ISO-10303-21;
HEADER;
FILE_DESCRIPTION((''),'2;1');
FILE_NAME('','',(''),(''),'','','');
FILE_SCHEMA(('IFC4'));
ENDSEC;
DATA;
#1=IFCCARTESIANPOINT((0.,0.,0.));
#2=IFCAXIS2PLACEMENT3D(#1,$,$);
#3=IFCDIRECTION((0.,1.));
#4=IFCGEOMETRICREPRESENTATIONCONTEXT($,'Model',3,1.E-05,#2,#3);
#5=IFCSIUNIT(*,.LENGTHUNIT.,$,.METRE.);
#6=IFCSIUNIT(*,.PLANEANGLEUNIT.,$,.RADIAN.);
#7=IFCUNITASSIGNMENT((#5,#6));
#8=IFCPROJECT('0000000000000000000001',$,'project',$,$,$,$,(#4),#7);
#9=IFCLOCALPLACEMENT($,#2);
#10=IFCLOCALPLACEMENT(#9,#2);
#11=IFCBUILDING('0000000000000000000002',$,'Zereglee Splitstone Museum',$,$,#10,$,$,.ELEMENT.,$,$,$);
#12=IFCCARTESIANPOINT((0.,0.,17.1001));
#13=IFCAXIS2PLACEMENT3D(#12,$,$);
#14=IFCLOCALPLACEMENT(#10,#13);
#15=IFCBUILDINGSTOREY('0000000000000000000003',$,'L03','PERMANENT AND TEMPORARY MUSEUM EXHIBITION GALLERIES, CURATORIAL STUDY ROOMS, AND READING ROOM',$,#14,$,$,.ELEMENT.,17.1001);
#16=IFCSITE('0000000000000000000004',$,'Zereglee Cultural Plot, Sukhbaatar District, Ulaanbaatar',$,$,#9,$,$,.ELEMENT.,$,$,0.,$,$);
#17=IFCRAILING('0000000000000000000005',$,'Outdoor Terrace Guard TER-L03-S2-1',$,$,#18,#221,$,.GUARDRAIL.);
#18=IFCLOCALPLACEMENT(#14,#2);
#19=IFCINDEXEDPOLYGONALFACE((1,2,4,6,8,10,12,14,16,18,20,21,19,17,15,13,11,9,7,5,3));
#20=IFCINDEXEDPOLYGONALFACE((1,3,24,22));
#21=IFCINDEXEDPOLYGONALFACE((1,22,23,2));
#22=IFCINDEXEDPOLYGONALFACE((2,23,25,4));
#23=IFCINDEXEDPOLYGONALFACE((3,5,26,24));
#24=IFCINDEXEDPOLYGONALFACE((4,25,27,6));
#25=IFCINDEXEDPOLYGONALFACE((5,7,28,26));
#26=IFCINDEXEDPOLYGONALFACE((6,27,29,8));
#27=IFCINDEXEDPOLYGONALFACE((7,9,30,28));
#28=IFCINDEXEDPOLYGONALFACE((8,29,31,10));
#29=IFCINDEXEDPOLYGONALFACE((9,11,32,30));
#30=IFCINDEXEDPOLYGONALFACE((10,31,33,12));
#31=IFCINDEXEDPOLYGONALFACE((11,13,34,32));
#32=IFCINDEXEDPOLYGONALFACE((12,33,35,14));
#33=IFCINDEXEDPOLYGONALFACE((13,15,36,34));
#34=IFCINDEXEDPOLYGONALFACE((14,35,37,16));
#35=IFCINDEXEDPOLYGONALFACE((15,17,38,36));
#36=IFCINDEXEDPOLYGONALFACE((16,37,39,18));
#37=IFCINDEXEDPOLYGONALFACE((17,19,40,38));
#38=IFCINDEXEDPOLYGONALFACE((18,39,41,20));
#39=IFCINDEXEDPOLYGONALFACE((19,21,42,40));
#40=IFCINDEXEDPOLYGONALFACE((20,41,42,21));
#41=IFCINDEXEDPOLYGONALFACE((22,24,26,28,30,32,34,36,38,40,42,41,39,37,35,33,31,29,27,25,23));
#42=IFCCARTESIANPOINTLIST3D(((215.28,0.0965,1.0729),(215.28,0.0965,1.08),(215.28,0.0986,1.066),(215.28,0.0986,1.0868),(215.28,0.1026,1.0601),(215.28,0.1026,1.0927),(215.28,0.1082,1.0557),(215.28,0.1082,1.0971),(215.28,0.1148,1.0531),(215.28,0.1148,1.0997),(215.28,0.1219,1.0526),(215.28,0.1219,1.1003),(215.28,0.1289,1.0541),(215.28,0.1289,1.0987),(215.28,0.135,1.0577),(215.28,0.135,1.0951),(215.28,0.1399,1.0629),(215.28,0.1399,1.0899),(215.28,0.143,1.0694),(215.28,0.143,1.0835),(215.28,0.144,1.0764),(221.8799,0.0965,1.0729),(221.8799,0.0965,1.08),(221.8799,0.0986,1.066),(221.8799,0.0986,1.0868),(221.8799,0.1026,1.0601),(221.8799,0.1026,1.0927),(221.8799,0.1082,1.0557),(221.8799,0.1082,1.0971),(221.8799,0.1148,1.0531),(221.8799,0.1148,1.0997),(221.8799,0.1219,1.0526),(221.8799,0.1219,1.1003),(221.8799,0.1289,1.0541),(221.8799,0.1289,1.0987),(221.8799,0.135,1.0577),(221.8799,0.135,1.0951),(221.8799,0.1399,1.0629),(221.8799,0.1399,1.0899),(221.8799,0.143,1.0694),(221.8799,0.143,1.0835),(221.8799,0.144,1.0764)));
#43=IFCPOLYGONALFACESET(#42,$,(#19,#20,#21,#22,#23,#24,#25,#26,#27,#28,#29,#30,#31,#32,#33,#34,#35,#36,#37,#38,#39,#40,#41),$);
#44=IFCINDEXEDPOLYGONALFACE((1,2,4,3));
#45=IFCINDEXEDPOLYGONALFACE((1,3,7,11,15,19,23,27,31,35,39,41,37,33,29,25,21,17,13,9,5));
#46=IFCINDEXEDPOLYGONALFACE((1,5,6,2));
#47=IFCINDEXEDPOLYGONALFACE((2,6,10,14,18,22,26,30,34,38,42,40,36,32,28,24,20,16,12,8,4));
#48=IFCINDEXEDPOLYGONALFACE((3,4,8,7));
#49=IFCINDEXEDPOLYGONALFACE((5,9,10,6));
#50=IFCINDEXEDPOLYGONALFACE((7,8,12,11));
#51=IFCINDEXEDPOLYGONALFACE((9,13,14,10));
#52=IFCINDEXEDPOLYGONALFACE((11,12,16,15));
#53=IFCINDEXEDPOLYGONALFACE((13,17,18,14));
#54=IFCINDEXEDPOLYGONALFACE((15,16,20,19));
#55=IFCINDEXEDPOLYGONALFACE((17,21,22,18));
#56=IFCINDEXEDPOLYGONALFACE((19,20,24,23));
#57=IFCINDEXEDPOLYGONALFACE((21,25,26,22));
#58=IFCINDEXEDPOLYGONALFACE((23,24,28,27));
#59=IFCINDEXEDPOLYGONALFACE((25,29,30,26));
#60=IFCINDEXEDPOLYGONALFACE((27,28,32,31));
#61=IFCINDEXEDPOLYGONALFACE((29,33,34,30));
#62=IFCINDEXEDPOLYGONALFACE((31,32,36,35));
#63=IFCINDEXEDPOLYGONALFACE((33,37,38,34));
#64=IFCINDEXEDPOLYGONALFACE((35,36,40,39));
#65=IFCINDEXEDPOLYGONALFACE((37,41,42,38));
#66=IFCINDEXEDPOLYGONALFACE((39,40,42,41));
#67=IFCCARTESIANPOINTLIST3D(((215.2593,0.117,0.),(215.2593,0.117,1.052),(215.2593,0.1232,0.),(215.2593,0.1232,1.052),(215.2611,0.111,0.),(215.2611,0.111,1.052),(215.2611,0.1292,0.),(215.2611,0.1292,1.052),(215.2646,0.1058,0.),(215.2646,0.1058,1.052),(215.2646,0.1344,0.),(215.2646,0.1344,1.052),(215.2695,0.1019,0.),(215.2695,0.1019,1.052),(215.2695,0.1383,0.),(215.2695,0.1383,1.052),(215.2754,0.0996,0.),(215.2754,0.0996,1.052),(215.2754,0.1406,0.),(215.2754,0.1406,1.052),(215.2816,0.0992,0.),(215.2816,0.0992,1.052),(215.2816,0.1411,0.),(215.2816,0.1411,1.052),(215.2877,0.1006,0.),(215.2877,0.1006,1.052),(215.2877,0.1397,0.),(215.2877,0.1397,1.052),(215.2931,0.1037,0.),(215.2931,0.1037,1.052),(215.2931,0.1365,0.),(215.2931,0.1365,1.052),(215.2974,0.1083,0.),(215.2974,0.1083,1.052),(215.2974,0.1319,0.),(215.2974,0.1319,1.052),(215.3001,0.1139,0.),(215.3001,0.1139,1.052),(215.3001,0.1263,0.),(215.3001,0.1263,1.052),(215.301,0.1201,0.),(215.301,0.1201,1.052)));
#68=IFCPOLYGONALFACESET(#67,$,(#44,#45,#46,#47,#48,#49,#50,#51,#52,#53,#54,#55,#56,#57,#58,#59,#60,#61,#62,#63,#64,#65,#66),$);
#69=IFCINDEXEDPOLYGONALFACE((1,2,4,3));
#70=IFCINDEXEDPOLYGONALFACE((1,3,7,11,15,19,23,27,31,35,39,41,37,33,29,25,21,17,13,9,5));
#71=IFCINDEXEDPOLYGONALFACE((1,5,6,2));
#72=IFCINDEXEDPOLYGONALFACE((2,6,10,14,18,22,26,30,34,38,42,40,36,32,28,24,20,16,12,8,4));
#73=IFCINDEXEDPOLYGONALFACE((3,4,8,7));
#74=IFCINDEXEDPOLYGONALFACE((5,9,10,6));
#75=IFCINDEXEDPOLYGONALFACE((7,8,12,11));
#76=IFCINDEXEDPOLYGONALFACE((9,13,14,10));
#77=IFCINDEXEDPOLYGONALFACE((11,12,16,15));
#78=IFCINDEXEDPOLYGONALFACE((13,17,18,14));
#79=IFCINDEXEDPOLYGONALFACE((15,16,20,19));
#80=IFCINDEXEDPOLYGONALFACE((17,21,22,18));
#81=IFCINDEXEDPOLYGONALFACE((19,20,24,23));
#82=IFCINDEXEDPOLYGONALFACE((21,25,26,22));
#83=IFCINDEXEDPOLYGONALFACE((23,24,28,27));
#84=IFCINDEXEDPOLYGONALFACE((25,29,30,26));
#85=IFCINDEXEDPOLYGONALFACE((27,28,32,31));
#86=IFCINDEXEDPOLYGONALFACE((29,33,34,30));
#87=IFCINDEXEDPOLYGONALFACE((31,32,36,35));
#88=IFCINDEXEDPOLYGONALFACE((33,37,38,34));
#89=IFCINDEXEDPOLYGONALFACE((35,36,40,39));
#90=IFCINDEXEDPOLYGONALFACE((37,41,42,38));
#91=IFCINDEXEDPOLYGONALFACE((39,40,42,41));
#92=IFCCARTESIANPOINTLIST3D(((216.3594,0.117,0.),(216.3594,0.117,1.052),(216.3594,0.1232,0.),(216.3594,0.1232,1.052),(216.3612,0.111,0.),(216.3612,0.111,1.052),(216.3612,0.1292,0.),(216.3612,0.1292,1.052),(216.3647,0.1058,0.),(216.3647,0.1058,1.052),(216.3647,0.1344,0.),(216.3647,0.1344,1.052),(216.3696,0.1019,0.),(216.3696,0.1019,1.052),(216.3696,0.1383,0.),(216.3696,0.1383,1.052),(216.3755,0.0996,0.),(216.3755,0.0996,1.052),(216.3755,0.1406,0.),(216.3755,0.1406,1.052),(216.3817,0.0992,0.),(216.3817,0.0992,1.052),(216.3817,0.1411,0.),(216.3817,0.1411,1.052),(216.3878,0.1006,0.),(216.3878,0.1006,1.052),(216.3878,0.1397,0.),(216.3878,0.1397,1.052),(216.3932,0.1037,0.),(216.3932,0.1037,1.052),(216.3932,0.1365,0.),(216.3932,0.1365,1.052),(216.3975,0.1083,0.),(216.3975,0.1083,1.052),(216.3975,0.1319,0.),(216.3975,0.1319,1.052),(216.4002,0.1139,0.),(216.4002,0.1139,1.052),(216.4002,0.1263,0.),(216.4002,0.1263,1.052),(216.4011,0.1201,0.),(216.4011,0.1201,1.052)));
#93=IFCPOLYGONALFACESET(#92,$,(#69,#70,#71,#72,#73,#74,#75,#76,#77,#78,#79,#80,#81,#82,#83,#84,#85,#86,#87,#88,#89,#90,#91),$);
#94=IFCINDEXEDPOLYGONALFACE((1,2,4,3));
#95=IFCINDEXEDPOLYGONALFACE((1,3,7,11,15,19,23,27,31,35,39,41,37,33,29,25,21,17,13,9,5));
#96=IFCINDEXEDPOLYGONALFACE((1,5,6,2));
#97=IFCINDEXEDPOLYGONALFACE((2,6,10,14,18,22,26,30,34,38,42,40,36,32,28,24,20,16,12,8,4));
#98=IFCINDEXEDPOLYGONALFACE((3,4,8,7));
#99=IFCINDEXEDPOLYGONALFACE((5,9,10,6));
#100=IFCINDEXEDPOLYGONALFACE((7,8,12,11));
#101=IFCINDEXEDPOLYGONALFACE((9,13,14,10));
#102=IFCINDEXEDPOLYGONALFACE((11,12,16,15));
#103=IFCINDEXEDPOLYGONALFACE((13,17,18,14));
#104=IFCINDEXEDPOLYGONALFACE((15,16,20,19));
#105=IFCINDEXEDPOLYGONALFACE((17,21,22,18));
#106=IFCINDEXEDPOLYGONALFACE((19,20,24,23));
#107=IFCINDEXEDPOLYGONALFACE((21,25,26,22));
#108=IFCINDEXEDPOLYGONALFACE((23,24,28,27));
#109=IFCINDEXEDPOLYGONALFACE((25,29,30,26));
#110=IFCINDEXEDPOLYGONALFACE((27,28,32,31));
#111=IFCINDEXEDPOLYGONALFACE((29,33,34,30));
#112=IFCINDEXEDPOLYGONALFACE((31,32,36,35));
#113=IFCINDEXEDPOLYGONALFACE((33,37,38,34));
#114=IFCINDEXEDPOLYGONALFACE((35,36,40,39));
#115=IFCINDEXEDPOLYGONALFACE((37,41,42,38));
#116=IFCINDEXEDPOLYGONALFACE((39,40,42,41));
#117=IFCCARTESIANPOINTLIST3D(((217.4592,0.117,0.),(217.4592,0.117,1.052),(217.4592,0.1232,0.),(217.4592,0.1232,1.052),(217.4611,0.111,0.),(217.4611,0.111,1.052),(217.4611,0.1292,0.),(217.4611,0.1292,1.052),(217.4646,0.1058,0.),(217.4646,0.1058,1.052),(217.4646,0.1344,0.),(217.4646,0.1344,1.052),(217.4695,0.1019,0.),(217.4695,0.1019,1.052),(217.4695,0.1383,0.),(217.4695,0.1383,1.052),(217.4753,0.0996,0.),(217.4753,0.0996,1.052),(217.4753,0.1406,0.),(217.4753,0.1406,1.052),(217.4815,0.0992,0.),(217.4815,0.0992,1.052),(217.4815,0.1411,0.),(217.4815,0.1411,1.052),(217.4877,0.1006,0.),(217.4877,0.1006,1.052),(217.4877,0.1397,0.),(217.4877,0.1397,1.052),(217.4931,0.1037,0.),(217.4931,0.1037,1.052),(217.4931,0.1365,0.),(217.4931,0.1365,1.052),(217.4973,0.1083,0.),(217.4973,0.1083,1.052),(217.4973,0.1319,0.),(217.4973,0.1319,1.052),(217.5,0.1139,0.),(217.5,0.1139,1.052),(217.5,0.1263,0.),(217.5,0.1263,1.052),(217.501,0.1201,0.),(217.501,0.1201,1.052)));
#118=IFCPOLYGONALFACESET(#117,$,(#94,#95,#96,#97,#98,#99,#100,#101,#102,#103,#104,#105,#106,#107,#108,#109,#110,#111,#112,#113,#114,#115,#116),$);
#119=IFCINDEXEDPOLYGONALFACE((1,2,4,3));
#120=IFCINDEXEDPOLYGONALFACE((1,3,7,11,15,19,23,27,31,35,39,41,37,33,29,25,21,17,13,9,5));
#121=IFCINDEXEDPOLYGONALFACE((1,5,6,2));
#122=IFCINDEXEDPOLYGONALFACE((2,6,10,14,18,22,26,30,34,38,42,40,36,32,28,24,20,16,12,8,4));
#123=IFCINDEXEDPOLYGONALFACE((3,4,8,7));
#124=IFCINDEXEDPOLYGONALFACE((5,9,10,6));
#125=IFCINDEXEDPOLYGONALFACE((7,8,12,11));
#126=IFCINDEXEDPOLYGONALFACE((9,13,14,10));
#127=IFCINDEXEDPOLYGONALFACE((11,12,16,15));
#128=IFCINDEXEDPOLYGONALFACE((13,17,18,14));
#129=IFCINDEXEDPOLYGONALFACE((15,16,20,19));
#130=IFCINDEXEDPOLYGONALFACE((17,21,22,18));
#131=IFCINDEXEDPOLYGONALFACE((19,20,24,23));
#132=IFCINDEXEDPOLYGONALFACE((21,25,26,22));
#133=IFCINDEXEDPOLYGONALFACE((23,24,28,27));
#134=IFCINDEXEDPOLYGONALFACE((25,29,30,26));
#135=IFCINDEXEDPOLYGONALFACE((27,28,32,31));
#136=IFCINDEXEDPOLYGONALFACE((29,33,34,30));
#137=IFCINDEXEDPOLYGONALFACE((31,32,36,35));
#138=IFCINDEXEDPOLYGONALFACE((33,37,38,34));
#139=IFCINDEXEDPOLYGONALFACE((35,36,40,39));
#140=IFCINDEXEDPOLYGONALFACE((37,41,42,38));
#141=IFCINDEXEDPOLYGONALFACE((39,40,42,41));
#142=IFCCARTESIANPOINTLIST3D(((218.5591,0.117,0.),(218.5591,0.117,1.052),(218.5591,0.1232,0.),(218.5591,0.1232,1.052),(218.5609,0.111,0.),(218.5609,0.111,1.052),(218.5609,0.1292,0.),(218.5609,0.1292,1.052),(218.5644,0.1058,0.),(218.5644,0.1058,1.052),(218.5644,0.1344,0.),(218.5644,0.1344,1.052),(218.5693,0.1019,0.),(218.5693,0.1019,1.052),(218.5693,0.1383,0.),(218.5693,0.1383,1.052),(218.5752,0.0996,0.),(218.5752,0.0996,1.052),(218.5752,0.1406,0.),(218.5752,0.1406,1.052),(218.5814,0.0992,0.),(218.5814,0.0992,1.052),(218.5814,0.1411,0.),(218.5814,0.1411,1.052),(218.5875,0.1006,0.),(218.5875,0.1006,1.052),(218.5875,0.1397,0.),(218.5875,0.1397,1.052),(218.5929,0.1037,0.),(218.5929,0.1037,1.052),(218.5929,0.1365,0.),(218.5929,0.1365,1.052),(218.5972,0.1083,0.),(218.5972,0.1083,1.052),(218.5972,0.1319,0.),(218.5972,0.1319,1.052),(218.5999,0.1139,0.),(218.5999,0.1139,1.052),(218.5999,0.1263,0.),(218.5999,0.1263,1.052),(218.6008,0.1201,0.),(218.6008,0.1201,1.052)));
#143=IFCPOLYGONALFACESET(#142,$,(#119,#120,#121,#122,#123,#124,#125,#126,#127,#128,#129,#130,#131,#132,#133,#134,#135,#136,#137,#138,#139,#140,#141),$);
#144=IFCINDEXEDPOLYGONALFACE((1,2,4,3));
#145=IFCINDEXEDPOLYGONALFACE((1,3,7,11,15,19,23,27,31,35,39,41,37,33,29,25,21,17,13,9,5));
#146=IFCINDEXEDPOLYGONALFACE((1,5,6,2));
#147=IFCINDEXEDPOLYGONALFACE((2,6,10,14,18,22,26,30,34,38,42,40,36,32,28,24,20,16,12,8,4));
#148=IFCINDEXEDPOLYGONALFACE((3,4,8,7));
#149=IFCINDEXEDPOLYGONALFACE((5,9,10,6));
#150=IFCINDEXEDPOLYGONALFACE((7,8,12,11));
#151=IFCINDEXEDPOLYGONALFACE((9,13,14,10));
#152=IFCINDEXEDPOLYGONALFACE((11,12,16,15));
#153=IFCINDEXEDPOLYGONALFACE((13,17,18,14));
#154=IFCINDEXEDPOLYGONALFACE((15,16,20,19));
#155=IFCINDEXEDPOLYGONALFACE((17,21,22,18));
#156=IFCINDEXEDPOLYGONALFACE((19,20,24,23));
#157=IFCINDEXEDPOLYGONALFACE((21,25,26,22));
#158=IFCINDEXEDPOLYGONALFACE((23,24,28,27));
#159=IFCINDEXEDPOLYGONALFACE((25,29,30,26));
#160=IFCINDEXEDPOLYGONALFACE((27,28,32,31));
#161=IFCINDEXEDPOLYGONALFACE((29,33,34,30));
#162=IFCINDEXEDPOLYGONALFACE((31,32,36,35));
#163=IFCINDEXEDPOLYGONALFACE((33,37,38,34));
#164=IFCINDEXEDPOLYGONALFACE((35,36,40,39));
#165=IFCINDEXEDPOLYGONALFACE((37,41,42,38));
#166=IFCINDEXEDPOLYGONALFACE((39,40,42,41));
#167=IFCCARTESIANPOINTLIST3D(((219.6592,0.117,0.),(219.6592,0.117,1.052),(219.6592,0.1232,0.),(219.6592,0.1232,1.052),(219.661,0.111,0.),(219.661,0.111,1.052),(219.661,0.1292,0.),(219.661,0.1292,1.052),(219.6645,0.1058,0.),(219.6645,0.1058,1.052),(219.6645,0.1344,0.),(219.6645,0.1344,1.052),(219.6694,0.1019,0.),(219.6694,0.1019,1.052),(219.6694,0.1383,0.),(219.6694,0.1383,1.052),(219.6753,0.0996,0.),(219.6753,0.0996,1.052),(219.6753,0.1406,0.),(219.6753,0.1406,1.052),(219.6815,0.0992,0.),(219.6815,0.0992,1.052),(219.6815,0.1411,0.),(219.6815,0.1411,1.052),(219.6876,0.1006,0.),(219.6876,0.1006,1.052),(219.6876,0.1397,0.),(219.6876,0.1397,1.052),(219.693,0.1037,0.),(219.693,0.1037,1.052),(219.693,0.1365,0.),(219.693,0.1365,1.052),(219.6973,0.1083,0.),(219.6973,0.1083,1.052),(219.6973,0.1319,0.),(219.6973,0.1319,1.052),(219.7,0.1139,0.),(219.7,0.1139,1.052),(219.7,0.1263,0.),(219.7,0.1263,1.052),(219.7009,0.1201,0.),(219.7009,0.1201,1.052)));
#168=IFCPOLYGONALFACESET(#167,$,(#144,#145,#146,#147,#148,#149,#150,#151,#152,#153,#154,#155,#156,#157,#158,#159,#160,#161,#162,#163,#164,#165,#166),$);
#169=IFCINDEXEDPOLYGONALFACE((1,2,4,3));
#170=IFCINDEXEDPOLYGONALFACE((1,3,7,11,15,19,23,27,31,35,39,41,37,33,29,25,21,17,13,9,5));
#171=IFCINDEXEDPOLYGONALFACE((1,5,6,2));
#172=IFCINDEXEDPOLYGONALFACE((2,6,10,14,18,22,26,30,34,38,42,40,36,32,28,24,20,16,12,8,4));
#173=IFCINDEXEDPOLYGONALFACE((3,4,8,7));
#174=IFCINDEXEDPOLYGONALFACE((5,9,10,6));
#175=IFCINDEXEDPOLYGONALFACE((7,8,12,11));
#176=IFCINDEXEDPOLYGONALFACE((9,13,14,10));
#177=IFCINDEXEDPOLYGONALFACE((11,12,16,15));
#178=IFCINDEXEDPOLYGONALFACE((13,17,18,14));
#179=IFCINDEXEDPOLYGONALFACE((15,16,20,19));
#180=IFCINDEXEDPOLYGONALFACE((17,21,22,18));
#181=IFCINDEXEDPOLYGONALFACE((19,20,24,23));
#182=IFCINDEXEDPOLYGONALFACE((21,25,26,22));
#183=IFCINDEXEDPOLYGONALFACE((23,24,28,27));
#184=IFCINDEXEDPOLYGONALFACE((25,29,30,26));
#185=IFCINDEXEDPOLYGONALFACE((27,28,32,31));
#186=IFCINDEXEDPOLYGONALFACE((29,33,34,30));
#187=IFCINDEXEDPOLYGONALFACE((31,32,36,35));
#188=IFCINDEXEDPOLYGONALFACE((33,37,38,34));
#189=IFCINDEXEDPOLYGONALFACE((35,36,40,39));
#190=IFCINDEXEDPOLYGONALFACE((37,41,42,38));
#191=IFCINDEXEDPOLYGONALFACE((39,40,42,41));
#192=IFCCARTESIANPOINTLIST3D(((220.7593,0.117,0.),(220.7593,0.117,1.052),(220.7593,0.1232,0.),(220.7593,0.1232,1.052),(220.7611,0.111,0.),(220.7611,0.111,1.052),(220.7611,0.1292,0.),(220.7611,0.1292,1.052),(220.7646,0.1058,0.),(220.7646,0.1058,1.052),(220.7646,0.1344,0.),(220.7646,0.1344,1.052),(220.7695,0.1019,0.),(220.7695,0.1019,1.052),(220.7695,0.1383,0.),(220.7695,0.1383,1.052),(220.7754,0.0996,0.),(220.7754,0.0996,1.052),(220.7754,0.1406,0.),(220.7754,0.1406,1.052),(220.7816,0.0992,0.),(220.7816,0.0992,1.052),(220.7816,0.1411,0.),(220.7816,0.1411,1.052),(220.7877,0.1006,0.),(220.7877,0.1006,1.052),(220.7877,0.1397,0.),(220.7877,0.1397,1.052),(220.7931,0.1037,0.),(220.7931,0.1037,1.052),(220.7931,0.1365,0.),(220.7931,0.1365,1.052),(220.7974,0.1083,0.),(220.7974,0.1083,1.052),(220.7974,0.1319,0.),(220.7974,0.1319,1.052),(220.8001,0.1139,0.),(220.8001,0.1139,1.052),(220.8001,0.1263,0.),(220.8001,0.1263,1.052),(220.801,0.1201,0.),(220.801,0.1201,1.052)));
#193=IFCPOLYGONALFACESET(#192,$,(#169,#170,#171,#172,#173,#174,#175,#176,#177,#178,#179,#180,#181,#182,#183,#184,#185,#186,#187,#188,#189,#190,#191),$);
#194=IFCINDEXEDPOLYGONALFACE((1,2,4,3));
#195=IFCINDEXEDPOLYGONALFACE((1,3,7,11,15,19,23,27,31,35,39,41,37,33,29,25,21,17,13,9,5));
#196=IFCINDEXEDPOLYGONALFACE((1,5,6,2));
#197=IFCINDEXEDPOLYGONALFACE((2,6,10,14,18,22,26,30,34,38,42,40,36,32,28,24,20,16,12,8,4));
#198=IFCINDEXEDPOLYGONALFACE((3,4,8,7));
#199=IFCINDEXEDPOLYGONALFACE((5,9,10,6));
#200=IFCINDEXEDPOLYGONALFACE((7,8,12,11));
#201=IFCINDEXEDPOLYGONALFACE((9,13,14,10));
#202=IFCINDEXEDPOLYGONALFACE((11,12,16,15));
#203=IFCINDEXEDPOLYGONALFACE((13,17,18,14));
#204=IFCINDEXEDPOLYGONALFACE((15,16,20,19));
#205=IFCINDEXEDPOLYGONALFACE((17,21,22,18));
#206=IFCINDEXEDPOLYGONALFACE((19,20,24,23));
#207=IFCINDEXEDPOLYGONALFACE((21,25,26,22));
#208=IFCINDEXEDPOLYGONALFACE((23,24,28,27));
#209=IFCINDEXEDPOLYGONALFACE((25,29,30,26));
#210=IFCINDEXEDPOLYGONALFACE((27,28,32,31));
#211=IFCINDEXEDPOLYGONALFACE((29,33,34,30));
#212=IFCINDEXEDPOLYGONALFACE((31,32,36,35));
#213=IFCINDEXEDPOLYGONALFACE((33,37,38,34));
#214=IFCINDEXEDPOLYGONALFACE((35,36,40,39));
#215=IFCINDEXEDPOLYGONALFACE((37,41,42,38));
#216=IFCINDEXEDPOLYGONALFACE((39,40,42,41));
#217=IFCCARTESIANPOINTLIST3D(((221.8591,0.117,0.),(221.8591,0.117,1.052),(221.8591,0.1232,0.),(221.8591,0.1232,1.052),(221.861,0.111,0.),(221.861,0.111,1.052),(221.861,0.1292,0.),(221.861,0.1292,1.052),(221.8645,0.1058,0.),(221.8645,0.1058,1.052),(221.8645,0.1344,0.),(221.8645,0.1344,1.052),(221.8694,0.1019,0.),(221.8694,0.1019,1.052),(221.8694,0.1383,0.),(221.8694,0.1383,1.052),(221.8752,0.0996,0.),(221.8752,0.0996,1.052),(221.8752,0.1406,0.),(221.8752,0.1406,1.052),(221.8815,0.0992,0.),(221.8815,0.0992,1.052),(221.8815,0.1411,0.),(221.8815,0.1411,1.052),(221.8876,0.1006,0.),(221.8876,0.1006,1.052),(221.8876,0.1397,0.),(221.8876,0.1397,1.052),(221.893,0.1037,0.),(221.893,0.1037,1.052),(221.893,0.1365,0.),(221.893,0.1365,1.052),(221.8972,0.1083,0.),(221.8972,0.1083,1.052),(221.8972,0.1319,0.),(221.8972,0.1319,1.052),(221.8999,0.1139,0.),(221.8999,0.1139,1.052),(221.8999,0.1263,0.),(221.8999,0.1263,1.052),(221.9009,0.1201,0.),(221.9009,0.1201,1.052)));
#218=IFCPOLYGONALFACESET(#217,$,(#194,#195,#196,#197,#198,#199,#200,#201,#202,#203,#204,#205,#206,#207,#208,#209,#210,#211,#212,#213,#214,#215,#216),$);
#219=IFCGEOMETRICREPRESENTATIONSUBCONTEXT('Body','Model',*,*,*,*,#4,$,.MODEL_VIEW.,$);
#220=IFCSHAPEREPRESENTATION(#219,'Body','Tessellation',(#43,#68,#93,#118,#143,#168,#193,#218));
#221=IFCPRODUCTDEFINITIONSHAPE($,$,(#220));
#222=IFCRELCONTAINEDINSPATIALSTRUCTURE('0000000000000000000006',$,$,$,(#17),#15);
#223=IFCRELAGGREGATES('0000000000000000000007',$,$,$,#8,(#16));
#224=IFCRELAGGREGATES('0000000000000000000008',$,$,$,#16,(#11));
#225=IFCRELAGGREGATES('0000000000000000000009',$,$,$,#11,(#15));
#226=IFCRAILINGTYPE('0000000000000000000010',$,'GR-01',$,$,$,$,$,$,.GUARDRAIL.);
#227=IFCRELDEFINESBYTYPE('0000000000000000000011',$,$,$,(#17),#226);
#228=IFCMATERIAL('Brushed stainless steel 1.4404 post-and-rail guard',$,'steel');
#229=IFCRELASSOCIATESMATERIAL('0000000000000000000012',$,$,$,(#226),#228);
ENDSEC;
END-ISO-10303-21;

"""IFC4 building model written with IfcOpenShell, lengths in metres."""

from ifc_helpers import new_model, si_unit, direction, frame, origin, origin_2d, place, context, subcontext, project, spatial, circle, extrude, material, type_object, element, save


model = new_model("IFC4")

# Units and contexts
model_context = context("Model", 3, precision=1e-05, world=origin(), true_north=direction((0.0, 1.0)))
body_context = subcontext(model_context, "Body", "Model", "MODEL_VIEW")
ifc_project = project(units=[si_unit("LENGTHUNIT", "METRE"), si_unit("PLANEANGLEUNIT", "RADIAN")], contexts=[model_context])

# Site, building, storey
site_placement = place(None, origin())
site = spatial("IfcSite", under=ifc_project, at=site_placement, Name="Zereglee Cultural Plot, Sukhbaatar District, Ulaanbaatar", CompositionType="ELEMENT", RefElevation=0.0)
building_placement = place(site_placement, origin())
building = spatial("IfcBuilding", under=site, at=building_placement, Name="Zereglee Splitstone Museum", CompositionType="ELEMENT")
storey_placement = place(building_placement, frame((0.0, 0.0, 17.1001)))
storey = spatial("IfcBuildingStorey", under=building, at=storey_placement, Name="L03", Description="PERMANENT AND TEMPORARY MUSEUM EXHIBITION GALLERIES, CURATORIAL STUDY ROOMS, AND READING ROOM", CompositionType="ELEMENT", Elevation=17.1001)

# Railing
ifc_material_1 = material(Name="Brushed stainless steel 1.4404 post-and-rail guard", Category="steel")
railing_type = type_object("IfcRailingType", Name="GR-01", PredefinedType="GUARDRAIL", material=ifc_material_1)
railing_1_placement = place(storey_placement, frame((215.28, 0.1201, 0.0)))
element("IfcRailing", 1, at=railing_1_placement, inside=storey, type_object=railing_type, Name="Outdoor Terrace Guard TER-L03-S2-1", PredefinedType="GUARDRAIL", context=body_context, shape_type="SweptSolid", body=[
    extrude(circle(Radius=0.0239, at=origin_2d()), frame((0.0, 0.0, 1.0764), z_axis=(1.0, 0.0, 0.0), x_axis=(0.0, 1.0, 0.0)), (0.0, 0.0, 1.0), 6.5999),
    extrude(circle(Radius=0.021, at=origin_2d()), origin(), (0.0, 0.0, 1.0), 1.052),
    extrude(circle(Radius=0.021, at=origin_2d()), frame((1.1001, 0.0, 0.0)), (0.0, 0.0, 1.0), 1.052),
    extrude(circle(Radius=0.021, at=origin_2d()), frame((2.2, 0.0, 0.0)), (0.0, 0.0, 1.0), 1.052),
    extrude(circle(Radius=0.021, at=origin_2d()), frame((3.2998, 0.0, 0.0)), (0.0, 0.0, 1.0), 1.052),
    extrude(circle(Radius=0.021, at=origin_2d()), frame((4.3999, 0.0, 0.0)), (0.0, 0.0, 1.0), 1.052),
    extrude(circle(Radius=0.021, at=origin_2d()), frame((5.5, 0.0, 0.0)), (0.0, 0.0, 1.0), 1.052),
    extrude(circle(Radius=0.021, at=origin_2d()), frame((6.5999, 0.0, 0.0)), (0.0, 0.0, 1.0), 1.052),
])

save(model, "model.ifc")
